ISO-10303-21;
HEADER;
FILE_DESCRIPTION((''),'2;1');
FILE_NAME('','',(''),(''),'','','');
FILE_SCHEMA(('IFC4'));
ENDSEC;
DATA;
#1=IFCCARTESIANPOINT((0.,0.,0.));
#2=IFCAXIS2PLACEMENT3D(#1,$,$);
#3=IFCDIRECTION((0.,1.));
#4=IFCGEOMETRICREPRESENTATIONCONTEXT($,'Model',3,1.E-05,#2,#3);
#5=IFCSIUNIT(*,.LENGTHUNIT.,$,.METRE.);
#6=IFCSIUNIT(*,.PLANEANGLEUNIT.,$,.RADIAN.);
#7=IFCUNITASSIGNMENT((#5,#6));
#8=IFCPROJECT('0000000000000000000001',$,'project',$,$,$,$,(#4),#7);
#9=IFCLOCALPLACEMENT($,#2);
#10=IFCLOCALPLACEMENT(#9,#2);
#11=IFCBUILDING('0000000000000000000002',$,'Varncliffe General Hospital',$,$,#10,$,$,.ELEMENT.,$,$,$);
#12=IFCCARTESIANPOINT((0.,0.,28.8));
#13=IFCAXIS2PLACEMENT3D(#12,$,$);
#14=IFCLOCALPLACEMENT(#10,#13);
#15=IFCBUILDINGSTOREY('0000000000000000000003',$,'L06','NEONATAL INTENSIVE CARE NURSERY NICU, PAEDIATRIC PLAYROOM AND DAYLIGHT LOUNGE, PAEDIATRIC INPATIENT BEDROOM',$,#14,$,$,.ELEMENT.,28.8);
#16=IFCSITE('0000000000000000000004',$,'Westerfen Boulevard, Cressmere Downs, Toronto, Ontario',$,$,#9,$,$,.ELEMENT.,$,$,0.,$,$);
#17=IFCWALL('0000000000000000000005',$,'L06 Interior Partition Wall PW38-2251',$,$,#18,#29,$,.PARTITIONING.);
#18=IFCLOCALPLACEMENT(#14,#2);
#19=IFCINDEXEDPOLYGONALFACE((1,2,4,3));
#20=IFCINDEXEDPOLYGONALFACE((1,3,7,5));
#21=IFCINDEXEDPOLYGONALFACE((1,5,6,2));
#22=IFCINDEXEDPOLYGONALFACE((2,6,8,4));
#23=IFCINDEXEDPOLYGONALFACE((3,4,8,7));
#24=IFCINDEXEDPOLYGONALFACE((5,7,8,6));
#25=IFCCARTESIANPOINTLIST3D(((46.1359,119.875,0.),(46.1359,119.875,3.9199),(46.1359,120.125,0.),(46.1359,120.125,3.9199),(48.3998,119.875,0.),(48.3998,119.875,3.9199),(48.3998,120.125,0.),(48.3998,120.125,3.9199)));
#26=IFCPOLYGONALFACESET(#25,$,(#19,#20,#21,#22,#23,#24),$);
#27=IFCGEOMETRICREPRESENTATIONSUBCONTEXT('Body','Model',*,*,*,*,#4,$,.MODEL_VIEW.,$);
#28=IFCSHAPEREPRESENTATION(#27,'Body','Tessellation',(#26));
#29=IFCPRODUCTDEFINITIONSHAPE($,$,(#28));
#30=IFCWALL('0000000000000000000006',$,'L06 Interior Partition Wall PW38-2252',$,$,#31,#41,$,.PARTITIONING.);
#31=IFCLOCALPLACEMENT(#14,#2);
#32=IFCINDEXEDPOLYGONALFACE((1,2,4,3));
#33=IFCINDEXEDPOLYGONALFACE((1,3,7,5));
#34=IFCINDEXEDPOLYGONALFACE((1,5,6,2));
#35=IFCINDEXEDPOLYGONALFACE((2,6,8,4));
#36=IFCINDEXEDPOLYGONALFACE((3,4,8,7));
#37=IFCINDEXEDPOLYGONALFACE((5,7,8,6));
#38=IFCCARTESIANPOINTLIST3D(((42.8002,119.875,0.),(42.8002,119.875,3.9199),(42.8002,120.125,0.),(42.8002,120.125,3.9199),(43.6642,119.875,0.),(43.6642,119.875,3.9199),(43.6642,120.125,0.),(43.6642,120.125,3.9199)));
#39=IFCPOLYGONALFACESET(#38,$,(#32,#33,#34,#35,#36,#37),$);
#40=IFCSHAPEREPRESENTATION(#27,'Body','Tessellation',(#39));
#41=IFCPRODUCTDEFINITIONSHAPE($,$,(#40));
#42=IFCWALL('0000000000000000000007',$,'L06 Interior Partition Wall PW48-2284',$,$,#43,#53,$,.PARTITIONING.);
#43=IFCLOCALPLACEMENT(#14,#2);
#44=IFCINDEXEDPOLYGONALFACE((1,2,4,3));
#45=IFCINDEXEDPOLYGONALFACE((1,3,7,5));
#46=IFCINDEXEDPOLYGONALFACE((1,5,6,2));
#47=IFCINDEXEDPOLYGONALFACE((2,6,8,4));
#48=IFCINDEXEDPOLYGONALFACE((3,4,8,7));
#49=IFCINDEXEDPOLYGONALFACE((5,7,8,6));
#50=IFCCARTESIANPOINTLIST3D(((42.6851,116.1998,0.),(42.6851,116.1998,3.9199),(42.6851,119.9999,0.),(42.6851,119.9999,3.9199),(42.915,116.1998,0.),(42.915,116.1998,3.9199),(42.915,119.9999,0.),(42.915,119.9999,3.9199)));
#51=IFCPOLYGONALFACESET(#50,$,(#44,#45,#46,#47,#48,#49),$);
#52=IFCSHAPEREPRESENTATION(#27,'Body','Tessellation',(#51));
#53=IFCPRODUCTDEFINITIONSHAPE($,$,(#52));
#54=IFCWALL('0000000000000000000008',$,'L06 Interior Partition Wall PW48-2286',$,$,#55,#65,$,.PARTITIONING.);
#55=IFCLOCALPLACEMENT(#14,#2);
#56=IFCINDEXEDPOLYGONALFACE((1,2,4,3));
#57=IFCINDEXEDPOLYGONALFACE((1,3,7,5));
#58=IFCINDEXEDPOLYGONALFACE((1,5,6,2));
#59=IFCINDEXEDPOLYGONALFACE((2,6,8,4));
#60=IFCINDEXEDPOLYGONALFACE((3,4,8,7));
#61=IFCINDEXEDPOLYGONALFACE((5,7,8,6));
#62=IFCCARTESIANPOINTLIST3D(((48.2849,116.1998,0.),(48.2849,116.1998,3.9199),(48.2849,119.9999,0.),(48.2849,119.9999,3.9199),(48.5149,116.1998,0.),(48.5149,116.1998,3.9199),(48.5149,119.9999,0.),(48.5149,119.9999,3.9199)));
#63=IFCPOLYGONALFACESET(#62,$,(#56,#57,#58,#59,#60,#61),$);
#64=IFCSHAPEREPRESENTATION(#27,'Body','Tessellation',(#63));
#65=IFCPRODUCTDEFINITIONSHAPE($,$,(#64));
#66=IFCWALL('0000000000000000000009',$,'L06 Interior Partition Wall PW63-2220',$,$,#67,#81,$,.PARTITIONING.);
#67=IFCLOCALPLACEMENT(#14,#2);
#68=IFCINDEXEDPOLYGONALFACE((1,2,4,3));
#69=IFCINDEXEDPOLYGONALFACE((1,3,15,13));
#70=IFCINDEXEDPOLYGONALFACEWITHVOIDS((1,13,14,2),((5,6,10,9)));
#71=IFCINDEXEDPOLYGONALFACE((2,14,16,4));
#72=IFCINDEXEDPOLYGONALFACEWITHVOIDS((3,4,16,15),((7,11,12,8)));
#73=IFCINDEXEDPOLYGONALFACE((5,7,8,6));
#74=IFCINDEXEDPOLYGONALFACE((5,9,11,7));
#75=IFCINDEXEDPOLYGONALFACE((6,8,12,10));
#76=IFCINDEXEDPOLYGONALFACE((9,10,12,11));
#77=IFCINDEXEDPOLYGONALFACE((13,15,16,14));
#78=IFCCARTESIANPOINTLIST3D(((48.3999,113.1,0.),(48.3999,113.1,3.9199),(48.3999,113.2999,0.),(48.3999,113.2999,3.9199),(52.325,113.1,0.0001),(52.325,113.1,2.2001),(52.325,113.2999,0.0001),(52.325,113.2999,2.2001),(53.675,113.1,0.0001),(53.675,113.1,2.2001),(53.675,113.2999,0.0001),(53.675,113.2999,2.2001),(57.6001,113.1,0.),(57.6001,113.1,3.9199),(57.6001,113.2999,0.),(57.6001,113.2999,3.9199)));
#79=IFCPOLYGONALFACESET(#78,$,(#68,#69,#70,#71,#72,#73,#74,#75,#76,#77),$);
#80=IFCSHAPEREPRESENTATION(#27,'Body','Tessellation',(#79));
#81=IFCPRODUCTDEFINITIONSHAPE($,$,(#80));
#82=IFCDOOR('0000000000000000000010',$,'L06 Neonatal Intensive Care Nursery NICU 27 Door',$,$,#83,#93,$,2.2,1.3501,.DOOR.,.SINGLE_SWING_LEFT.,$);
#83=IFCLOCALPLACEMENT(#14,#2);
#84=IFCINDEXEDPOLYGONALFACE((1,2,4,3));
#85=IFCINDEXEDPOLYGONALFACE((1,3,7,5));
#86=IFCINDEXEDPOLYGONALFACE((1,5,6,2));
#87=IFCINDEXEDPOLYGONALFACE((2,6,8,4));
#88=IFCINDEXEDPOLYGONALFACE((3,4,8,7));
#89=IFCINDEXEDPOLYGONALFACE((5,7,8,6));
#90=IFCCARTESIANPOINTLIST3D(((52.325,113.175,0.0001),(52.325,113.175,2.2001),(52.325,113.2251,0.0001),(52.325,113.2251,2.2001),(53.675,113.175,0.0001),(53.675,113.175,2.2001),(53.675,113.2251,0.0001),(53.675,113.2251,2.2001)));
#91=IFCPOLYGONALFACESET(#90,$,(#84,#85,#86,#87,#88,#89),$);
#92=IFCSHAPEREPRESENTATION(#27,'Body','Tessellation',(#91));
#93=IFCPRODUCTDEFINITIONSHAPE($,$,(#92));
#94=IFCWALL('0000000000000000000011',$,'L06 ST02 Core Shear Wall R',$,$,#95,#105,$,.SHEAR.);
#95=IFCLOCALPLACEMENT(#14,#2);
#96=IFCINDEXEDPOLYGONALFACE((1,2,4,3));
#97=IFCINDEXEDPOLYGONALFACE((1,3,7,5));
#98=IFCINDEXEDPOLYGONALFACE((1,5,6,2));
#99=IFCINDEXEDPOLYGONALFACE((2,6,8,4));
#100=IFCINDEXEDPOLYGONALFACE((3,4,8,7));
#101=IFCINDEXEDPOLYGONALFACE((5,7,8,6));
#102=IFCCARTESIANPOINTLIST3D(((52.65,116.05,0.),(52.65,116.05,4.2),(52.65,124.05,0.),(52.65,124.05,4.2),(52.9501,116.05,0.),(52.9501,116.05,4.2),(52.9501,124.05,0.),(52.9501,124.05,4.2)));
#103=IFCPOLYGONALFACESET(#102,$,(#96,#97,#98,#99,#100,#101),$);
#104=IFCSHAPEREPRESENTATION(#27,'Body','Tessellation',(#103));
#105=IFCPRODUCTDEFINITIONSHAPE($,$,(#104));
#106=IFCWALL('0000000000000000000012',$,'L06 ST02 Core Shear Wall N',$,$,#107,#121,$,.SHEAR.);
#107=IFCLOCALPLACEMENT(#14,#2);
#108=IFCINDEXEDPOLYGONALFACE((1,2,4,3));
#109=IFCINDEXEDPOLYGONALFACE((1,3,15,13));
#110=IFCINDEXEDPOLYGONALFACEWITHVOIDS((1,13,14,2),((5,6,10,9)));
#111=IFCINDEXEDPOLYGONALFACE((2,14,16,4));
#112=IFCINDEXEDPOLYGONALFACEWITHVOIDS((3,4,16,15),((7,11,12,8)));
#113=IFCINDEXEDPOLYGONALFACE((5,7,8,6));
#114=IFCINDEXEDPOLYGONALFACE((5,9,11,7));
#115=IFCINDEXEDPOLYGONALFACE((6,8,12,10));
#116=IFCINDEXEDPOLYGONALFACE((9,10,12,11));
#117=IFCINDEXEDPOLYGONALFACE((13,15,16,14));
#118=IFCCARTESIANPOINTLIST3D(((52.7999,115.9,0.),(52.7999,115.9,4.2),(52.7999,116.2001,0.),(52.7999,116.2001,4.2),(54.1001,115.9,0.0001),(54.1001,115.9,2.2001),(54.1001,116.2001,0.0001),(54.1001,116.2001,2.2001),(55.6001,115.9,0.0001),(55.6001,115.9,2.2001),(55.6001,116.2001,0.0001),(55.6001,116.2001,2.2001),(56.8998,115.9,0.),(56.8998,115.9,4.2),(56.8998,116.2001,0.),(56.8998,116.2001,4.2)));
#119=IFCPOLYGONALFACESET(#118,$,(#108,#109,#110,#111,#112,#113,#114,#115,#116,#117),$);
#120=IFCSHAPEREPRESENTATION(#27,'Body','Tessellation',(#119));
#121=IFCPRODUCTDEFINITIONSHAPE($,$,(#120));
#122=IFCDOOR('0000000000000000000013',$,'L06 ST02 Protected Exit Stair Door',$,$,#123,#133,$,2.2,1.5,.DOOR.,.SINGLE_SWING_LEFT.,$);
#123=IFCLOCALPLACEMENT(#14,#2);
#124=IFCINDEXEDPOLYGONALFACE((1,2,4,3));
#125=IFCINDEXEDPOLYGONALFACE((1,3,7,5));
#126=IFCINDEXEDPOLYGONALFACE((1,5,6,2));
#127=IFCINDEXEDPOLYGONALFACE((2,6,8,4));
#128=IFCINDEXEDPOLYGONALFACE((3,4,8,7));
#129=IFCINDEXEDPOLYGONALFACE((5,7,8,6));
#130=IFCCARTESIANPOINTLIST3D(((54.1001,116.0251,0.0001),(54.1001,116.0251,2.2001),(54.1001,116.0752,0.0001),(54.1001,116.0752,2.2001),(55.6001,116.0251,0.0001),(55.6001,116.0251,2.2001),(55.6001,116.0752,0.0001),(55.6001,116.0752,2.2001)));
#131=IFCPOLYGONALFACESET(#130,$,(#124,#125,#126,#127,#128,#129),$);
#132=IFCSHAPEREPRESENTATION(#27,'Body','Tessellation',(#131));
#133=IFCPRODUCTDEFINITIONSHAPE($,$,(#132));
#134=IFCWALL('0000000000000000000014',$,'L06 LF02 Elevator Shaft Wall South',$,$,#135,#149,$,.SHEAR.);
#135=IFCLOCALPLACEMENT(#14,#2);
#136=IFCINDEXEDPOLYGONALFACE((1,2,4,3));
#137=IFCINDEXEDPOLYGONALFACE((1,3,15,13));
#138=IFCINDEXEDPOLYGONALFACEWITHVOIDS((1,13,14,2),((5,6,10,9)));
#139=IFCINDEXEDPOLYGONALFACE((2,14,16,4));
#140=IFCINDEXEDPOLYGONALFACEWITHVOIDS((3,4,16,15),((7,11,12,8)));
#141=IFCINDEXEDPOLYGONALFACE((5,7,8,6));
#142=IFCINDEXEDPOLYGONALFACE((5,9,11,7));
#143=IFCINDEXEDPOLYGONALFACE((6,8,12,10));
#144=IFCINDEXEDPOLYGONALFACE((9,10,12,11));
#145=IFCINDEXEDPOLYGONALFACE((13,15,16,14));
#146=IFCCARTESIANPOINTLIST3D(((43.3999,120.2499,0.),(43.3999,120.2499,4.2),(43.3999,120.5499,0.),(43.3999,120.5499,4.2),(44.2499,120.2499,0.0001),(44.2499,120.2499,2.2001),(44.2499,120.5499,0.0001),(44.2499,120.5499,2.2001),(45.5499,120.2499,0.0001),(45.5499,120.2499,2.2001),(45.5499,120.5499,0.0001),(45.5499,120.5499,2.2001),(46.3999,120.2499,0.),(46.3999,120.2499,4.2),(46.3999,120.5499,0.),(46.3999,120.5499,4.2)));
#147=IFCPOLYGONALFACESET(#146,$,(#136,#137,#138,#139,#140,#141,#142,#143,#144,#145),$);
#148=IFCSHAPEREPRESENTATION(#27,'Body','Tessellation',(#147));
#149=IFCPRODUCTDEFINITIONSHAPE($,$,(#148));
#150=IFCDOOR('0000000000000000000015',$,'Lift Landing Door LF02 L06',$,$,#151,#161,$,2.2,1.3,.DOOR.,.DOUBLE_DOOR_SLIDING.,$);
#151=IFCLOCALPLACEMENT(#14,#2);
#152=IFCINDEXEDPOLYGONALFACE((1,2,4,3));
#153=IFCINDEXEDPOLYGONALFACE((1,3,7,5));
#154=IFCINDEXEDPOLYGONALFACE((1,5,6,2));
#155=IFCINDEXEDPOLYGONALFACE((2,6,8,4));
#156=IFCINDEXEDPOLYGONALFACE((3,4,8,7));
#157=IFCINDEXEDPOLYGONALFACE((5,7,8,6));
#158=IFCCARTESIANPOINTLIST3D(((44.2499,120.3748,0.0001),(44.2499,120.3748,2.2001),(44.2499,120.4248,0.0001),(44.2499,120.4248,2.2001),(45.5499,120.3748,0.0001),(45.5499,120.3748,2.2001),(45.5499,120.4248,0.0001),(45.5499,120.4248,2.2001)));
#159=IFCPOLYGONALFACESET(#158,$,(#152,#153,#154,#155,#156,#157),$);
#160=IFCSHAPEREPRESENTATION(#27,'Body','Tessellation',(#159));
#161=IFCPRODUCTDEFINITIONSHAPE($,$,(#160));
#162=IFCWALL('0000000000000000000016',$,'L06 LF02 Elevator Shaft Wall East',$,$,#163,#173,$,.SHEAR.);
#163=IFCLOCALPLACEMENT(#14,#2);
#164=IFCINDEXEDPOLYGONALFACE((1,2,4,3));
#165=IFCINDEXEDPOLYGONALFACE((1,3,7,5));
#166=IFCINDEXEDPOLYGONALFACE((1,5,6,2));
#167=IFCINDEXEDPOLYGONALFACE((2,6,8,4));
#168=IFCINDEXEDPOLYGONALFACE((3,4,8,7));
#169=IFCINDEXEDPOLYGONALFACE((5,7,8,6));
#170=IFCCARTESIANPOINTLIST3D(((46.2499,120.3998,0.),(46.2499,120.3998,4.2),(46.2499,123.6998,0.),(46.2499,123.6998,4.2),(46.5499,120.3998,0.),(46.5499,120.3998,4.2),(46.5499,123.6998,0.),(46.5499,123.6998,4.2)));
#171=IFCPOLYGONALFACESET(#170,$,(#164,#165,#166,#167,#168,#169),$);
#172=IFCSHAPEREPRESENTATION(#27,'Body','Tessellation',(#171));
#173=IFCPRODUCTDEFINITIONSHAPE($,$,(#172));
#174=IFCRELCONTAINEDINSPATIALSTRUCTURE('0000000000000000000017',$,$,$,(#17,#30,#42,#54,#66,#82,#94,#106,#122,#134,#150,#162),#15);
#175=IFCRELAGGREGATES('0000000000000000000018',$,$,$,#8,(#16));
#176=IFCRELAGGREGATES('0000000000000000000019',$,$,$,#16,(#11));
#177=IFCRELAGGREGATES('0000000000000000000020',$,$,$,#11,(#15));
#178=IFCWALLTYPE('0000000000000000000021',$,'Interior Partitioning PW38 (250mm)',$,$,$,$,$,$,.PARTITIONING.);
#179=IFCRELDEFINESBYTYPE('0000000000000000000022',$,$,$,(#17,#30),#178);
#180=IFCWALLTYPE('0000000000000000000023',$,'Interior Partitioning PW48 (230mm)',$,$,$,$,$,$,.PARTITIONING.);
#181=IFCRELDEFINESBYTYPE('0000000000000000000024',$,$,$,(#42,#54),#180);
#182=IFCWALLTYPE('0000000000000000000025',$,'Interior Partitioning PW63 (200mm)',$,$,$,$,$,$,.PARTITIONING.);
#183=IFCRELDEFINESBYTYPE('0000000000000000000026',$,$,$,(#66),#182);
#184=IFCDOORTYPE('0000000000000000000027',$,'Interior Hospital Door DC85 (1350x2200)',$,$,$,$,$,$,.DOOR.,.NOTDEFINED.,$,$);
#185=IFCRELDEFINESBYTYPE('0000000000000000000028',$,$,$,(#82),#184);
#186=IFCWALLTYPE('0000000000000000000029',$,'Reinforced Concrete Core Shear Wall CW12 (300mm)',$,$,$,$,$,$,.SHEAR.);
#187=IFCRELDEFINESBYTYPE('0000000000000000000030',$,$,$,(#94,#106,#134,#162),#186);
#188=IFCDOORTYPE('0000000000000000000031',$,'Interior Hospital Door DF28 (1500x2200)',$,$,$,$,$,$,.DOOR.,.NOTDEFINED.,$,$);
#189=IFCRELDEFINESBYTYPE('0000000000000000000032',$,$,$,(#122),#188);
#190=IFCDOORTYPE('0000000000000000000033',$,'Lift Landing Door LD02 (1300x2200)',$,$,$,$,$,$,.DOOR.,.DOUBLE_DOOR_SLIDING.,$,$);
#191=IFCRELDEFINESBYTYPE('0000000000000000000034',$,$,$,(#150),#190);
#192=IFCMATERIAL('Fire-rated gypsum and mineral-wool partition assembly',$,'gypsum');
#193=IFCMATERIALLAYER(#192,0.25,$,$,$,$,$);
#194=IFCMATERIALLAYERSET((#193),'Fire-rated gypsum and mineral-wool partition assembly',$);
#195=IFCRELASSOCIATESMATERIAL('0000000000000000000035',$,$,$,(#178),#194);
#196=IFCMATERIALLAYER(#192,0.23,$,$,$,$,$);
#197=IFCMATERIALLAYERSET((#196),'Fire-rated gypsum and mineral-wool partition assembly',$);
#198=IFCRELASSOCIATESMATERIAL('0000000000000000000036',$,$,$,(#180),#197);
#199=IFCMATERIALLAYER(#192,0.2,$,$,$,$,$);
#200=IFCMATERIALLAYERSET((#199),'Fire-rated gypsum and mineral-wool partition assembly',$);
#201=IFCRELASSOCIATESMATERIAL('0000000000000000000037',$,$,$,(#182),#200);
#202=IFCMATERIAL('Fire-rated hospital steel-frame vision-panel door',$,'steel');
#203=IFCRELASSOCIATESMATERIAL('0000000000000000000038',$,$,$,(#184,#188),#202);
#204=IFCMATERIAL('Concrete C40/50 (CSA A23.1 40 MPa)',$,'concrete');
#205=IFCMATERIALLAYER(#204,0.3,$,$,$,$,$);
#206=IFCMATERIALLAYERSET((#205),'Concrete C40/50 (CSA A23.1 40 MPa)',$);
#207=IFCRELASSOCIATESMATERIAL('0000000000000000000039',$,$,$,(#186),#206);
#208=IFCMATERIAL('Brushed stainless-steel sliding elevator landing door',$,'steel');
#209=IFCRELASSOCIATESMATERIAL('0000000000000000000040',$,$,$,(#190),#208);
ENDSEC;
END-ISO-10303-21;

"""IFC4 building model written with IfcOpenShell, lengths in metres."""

from ifc_helpers import new_model, si_unit, direction, frame, frame_2d, origin, place, context, subcontext, project, spatial, rectangle, extrude, material, layer, layer_set, type_object, element, fill, save


model = new_model("IFC4")

# Units and contexts
model_context = context("Model", 3, precision=1e-05, world=origin(), true_north=direction((0.0, 1.0)))
body_context = subcontext(model_context, "Body", "Model", "MODEL_VIEW")
ifc_project = project(units=[si_unit("LENGTHUNIT", "METRE"), si_unit("PLANEANGLEUNIT", "RADIAN")], contexts=[model_context])

# Site, building, storey
site_placement = place(None, origin())
site = spatial("IfcSite", under=ifc_project, at=site_placement, Name="Westerfen Boulevard, Cressmere Downs, Toronto, Ontario", CompositionType="ELEMENT", RefElevation=0.0)
building_placement = place(site_placement, origin())
building = spatial("IfcBuilding", under=site, at=building_placement, Name="Varncliffe General Hospital", CompositionType="ELEMENT")
storey_placement = place(building_placement, frame((0.0, 0.0, 28.8)))
storey = spatial("IfcBuildingStorey", under=building, at=storey_placement, Name="L06", Description="NEONATAL INTENSIVE CARE NURSERY NICU, PAEDIATRIC PLAYROOM AND DAYLIGHT LOUNGE, PAEDIATRIC INPATIENT BEDROOM", CompositionType="ELEMENT", Elevation=28.8)

# Shared definitions
ifc_material_1 = material(Name="Concrete C40/50 (CSA A23.1 40 MPa)", Category="concrete")

# Shared definitions
ifc_material_2 = material(Name="Fire-rated gypsum and mineral-wool partition assembly", Category="gypsum")
ifc_layer_1 = layer(ifc_material_2, 0.25)
ifc_layer_set_1 = layer_set([ifc_layer_1], Name="Fire-rated gypsum and mineral-wool partition assembly")
wall_type_1 = type_object("IfcWallType", Name="Interior Partitioning PW38 (250mm)", PredefinedType="PARTITIONING", material=ifc_layer_set_1)
ifc_material_3 = material(Name="Fire-rated hospital steel-frame vision-panel door", Category="steel")

# Walls
wall_1_placement = place(storey_placement, frame((46.136, 120.0, 0.0), z_axis=(0.0, 0.0, 1.0), x_axis=(1.0, 0.0, 0.0)))
element("IfcWall", 1, at=wall_1_placement, inside=storey, type_object=wall_type_1, Name="L06 Interior Partition Wall PW38-2251", PredefinedType="PARTITIONING", context=body_context, shape_type="SweptSolid", body=[
    extrude(rectangle(XDim=2.2639, YDim=0.25, at=frame_2d((1.1318, 0.0))), origin(), (0.0, 0.0, 1.0), 3.9199),
])
wall_2_placement = place(storey_placement, frame((42.8, 120.0, 0.0), z_axis=(0.0, 0.0, 1.0), x_axis=(1.0, 0.0, 0.0)))
element("IfcWall", 2, at=wall_2_placement, inside=storey, type_object=wall_type_1, Name="L06 Interior Partition Wall PW38-2252", PredefinedType="PARTITIONING", context=body_context, shape_type="SweptSolid", body=[
    extrude(rectangle(XDim=0.864, YDim=0.25, at=frame_2d((0.4321, 0.0))), origin(), (0.0, 0.0, 1.0), 3.9199),
])
ifc_layer_2 = layer(ifc_material_2, 0.23)
ifc_layer_set_2 = layer_set([ifc_layer_2], Name="Fire-rated gypsum and mineral-wool partition assembly")
wall_type_2 = type_object("IfcWallType", Name="Interior Partitioning PW48 (230mm)", PredefinedType="PARTITIONING", material=ifc_layer_set_2)
for number, where, z_axis, x_axis, name in (
    (3, (42.8, 116.2, 0.0), (0.0, 0.0, 1.0), (0.0, 1.0, 0.0), "L06 Interior Partition Wall PW48-2284"),
    (4, (48.3999, 116.2, 0.0), (0.0, 0.0, 1.0), (0.0, 1.0, 0.0), "L06 Interior Partition Wall PW48-2286"),
):
    element("IfcWall", number, at=place(storey_placement, frame(where, z_axis=z_axis, x_axis=x_axis)), inside=storey, type_object=wall_type_2, Name=name, PredefinedType="PARTITIONING", context=body_context, shape_type="SweptSolid", body=[
        extrude(rectangle(XDim=3.8, YDim=0.23, at=frame_2d((1.8999, 0.0))), origin(), (0.0, 0.0, 1.0), 3.9199),
    ])

# Wall, opening, door
ifc_layer_3 = layer(ifc_material_2, 0.2)
ifc_layer_set_3 = layer_set([ifc_layer_3], Name="Fire-rated gypsum and mineral-wool partition assembly")
wall_type_3 = type_object("IfcWallType", Name="Interior Partitioning PW63 (200mm)", PredefinedType="PARTITIONING", material=ifc_layer_set_3)
wall_3_placement = place(storey_placement, frame((48.3999, 113.2, 0.0), z_axis=(0.0, 0.0, 1.0), x_axis=(1.0, 0.0, 0.0)))
wall_3 = element("IfcWall", 5, at=wall_3_placement, inside=storey, type_object=wall_type_3, Name="L06 Interior Partition Wall PW63-2220", PredefinedType="PARTITIONING", context=body_context, shape_type="SweptSolid", body=[
    extrude(rectangle(XDim=9.2002, YDim=0.2, at=frame_2d((4.6001, 0.0))), origin(), (0.0, 0.0, 1.0), 3.9199),
])
opening_1_placement = place(wall_3_placement, frame((3.925, 0.0, 0.0)))
opening_1 = element("IfcOpeningElement", 6, at=opening_1_placement, cuts=wall_3, PredefinedType="OPENING", context=body_context, shape_type="SweptSolid", body=[
    extrude(rectangle(XDim=1.3501, YDim=2.2, at=frame_2d((0.675, 1.1001))), frame((0.0, 0.1099, 0.0), z_axis=(0.0, -1.0, 0.0), x_axis=(1.0, 0.0, 0.0)), (0.0, 0.0, 1.0), 0.22),
])
door_type_1 = type_object("IfcDoorType", Name="Interior Hospital Door DC85 (1350x2200)", OperationType="NOTDEFINED", PredefinedType="DOOR", material=ifc_material_3)
door_1_placement = place(opening_1_placement, frame((1.3501, 0.0, 0.0), z_axis=(0.0, 0.0, 1.0), x_axis=(-1.0, 0.0, 0.0)))
door_1 = element("IfcDoor", 7, at=door_1_placement, inside=storey, type_object=door_type_1, Name="L06 Neonatal Intensive Care Nursery NICU 27 Door", OperationType="SINGLE_SWING_LEFT", OverallHeight=2.2, OverallWidth=1.3501, PredefinedType="DOOR", context=body_context, shape_type="SweptSolid", body=[
    extrude(rectangle(XDim=1.3501, YDim=2.2, at=frame_2d((0.675, 1.1001))), frame((0.0, 0.0249, 0.0), z_axis=(0.0, -1.0, 0.0), x_axis=(1.0, 0.0, 0.0)), (0.0, 0.0, 1.0), 0.05),
])
fill(opening_1, door_1)

# Wall
ifc_layer_4 = layer(ifc_material_1, 0.3)
ifc_layer_set_4 = layer_set([ifc_layer_4], Name="Concrete C40/50 (CSA A23.1 40 MPa)")
wall_type_4 = type_object("IfcWallType", Name="Reinforced Concrete Core Shear Wall CW12 (300mm)", PredefinedType="SHEAR", material=ifc_layer_set_4)
wall_4_placement = place(storey_placement, frame((52.8, 124.05, 0.0), z_axis=(0.0, 0.0, 1.0), x_axis=(0.0, -1.0, 0.0)))
element("IfcWall", 8, at=wall_4_placement, inside=storey, type_object=wall_type_4, Name="L06 ST02 Core Shear Wall R", PredefinedType="SHEAR", context=body_context, shape_type="SweptSolid", body=[
    extrude(rectangle(XDim=8.0, YDim=0.3, at=frame_2d((4.0, 0.0))), origin(), (0.0, 0.0, 1.0), 4.2),
])

# Walls, openings, doors
wall_5_placement = place(storey_placement, frame((52.8, 116.05, 0.0), z_axis=(0.0, 0.0, 1.0), x_axis=(1.0, 0.0, 0.0)))
wall_5 = element("IfcWall", 9, at=wall_5_placement, inside=storey, type_object=wall_type_4, Name="L06 ST02 Core Shear Wall N", PredefinedType="SHEAR", context=body_context, shape_type="SweptSolid", body=[
    extrude(rectangle(XDim=4.0999, YDim=0.3, at=frame_2d((2.0498, 0.0))), origin(), (0.0, 0.0, 1.0), 4.2),
])
opening_2_placement = place(wall_5_placement, frame((1.3, 0.0, 0.0)))
opening_2 = element("IfcOpeningElement", 10, at=opening_2_placement, cuts=wall_5, PredefinedType="OPENING", context=body_context, shape_type="SweptSolid", body=[
    extrude(rectangle(XDim=1.5, YDim=2.2, at=frame_2d((0.75, 1.1001))), frame((0.0, 0.1602, 0.0), z_axis=(0.0, -1.0, 0.0), x_axis=(1.0, 0.0, 0.0)), (0.0, 0.0, 1.0), 0.3201),
])
door_type_2 = type_object("IfcDoorType", Name="Interior Hospital Door DF28 (1500x2200)", OperationType="NOTDEFINED", PredefinedType="DOOR", material=ifc_material_3)
door_2_placement = place(opening_2_placement, frame((1.5, 0.0, 0.0), z_axis=(0.0, 0.0, 1.0), x_axis=(-1.0, 0.0, 0.0)))
door_2 = element("IfcDoor", 11, at=door_2_placement, inside=storey, type_object=door_type_2, Name="L06 ST02 Protected Exit Stair Door", OperationType="SINGLE_SWING_LEFT", OverallHeight=2.2, OverallWidth=1.5, PredefinedType="DOOR", context=body_context, shape_type="SweptSolid", body=[
    extrude(rectangle(XDim=1.5, YDim=2.2, at=frame_2d((0.75, 1.1001))), frame((0.0, 0.0249, 0.0), z_axis=(0.0, -1.0, 0.0), x_axis=(1.0, 0.0, 0.0)), (0.0, 0.0, 1.0), 0.05),
])
fill(opening_2, door_2)
wall_6_placement = place(storey_placement, frame((43.3999, 120.3999, 0.0), z_axis=(0.0, 0.0, 1.0), x_axis=(1.0, 0.0, 0.0)))
wall_6 = element("IfcWall", 12, at=wall_6_placement, inside=storey, type_object=wall_type_4, Name="L06 LF02 Elevator Shaft Wall South", PredefinedType="SHEAR", context=body_context, shape_type="SweptSolid", body=[
    extrude(rectangle(XDim=3.0, YDim=0.3, at=frame_2d((1.5, 0.0))), origin(), (0.0, 0.0, 1.0), 4.2),
])
opening_3_placement = place(wall_6_placement, frame((0.8501, 0.0, 0.0)))
opening_3 = element("IfcOpeningElement", 13, at=opening_3_placement, cuts=wall_6, PredefinedType="OPENING", context=body_context, shape_type="SweptSolid", body=[
    extrude(rectangle(XDim=1.3, YDim=2.2, at=frame_2d((0.6499, 1.1001))), frame((0.0, 0.1602, 0.0), z_axis=(0.0, -1.0, 0.0), x_axis=(1.0, 0.0, 0.0)), (0.0, 0.0, 1.0), 0.3201),
])
ifc_material_4 = material(Name="Brushed stainless-steel sliding elevator landing door", Category="steel")
door_type_3 = type_object("IfcDoorType", Name="Lift Landing Door LD02 (1300x2200)", OperationType="DOUBLE_DOOR_SLIDING", PredefinedType="DOOR", material=ifc_material_4)
door_3_placement = place(opening_3_placement, origin())
door_3 = element("IfcDoor", 14, at=door_3_placement, inside=storey, type_object=door_type_3, Name="Lift Landing Door LF02 L06", OperationType="DOUBLE_DOOR_SLIDING", OverallHeight=2.2, OverallWidth=1.3, PredefinedType="DOOR", context=body_context, shape_type="SweptSolid", body=[
    extrude(rectangle(XDim=1.3, YDim=2.2, at=frame_2d((0.6499, 1.1001))), frame((0.0, 0.0249, 0.0), z_axis=(0.0, -1.0, 0.0), x_axis=(1.0, 0.0, 0.0)), (0.0, 0.0, 1.0), 0.05),
])
fill(opening_3, door_3)

# Wall
wall_7_placement = place(storey_placement, frame((46.3999, 120.3999, 0.0), z_axis=(0.0, 0.0, 1.0), x_axis=(0.0, 1.0, 0.0)))
element("IfcWall", 15, at=wall_7_placement, inside=storey, type_object=wall_type_4, Name="L06 LF02 Elevator Shaft Wall East", PredefinedType="SHEAR", context=body_context, shape_type="SweptSolid", body=[
    extrude(rectangle(XDim=3.3, YDim=0.3, at=frame_2d((1.6499, 0.0))), origin(), (0.0, 0.0, 1.0), 4.2),
])

save(model, "model.ifc")
